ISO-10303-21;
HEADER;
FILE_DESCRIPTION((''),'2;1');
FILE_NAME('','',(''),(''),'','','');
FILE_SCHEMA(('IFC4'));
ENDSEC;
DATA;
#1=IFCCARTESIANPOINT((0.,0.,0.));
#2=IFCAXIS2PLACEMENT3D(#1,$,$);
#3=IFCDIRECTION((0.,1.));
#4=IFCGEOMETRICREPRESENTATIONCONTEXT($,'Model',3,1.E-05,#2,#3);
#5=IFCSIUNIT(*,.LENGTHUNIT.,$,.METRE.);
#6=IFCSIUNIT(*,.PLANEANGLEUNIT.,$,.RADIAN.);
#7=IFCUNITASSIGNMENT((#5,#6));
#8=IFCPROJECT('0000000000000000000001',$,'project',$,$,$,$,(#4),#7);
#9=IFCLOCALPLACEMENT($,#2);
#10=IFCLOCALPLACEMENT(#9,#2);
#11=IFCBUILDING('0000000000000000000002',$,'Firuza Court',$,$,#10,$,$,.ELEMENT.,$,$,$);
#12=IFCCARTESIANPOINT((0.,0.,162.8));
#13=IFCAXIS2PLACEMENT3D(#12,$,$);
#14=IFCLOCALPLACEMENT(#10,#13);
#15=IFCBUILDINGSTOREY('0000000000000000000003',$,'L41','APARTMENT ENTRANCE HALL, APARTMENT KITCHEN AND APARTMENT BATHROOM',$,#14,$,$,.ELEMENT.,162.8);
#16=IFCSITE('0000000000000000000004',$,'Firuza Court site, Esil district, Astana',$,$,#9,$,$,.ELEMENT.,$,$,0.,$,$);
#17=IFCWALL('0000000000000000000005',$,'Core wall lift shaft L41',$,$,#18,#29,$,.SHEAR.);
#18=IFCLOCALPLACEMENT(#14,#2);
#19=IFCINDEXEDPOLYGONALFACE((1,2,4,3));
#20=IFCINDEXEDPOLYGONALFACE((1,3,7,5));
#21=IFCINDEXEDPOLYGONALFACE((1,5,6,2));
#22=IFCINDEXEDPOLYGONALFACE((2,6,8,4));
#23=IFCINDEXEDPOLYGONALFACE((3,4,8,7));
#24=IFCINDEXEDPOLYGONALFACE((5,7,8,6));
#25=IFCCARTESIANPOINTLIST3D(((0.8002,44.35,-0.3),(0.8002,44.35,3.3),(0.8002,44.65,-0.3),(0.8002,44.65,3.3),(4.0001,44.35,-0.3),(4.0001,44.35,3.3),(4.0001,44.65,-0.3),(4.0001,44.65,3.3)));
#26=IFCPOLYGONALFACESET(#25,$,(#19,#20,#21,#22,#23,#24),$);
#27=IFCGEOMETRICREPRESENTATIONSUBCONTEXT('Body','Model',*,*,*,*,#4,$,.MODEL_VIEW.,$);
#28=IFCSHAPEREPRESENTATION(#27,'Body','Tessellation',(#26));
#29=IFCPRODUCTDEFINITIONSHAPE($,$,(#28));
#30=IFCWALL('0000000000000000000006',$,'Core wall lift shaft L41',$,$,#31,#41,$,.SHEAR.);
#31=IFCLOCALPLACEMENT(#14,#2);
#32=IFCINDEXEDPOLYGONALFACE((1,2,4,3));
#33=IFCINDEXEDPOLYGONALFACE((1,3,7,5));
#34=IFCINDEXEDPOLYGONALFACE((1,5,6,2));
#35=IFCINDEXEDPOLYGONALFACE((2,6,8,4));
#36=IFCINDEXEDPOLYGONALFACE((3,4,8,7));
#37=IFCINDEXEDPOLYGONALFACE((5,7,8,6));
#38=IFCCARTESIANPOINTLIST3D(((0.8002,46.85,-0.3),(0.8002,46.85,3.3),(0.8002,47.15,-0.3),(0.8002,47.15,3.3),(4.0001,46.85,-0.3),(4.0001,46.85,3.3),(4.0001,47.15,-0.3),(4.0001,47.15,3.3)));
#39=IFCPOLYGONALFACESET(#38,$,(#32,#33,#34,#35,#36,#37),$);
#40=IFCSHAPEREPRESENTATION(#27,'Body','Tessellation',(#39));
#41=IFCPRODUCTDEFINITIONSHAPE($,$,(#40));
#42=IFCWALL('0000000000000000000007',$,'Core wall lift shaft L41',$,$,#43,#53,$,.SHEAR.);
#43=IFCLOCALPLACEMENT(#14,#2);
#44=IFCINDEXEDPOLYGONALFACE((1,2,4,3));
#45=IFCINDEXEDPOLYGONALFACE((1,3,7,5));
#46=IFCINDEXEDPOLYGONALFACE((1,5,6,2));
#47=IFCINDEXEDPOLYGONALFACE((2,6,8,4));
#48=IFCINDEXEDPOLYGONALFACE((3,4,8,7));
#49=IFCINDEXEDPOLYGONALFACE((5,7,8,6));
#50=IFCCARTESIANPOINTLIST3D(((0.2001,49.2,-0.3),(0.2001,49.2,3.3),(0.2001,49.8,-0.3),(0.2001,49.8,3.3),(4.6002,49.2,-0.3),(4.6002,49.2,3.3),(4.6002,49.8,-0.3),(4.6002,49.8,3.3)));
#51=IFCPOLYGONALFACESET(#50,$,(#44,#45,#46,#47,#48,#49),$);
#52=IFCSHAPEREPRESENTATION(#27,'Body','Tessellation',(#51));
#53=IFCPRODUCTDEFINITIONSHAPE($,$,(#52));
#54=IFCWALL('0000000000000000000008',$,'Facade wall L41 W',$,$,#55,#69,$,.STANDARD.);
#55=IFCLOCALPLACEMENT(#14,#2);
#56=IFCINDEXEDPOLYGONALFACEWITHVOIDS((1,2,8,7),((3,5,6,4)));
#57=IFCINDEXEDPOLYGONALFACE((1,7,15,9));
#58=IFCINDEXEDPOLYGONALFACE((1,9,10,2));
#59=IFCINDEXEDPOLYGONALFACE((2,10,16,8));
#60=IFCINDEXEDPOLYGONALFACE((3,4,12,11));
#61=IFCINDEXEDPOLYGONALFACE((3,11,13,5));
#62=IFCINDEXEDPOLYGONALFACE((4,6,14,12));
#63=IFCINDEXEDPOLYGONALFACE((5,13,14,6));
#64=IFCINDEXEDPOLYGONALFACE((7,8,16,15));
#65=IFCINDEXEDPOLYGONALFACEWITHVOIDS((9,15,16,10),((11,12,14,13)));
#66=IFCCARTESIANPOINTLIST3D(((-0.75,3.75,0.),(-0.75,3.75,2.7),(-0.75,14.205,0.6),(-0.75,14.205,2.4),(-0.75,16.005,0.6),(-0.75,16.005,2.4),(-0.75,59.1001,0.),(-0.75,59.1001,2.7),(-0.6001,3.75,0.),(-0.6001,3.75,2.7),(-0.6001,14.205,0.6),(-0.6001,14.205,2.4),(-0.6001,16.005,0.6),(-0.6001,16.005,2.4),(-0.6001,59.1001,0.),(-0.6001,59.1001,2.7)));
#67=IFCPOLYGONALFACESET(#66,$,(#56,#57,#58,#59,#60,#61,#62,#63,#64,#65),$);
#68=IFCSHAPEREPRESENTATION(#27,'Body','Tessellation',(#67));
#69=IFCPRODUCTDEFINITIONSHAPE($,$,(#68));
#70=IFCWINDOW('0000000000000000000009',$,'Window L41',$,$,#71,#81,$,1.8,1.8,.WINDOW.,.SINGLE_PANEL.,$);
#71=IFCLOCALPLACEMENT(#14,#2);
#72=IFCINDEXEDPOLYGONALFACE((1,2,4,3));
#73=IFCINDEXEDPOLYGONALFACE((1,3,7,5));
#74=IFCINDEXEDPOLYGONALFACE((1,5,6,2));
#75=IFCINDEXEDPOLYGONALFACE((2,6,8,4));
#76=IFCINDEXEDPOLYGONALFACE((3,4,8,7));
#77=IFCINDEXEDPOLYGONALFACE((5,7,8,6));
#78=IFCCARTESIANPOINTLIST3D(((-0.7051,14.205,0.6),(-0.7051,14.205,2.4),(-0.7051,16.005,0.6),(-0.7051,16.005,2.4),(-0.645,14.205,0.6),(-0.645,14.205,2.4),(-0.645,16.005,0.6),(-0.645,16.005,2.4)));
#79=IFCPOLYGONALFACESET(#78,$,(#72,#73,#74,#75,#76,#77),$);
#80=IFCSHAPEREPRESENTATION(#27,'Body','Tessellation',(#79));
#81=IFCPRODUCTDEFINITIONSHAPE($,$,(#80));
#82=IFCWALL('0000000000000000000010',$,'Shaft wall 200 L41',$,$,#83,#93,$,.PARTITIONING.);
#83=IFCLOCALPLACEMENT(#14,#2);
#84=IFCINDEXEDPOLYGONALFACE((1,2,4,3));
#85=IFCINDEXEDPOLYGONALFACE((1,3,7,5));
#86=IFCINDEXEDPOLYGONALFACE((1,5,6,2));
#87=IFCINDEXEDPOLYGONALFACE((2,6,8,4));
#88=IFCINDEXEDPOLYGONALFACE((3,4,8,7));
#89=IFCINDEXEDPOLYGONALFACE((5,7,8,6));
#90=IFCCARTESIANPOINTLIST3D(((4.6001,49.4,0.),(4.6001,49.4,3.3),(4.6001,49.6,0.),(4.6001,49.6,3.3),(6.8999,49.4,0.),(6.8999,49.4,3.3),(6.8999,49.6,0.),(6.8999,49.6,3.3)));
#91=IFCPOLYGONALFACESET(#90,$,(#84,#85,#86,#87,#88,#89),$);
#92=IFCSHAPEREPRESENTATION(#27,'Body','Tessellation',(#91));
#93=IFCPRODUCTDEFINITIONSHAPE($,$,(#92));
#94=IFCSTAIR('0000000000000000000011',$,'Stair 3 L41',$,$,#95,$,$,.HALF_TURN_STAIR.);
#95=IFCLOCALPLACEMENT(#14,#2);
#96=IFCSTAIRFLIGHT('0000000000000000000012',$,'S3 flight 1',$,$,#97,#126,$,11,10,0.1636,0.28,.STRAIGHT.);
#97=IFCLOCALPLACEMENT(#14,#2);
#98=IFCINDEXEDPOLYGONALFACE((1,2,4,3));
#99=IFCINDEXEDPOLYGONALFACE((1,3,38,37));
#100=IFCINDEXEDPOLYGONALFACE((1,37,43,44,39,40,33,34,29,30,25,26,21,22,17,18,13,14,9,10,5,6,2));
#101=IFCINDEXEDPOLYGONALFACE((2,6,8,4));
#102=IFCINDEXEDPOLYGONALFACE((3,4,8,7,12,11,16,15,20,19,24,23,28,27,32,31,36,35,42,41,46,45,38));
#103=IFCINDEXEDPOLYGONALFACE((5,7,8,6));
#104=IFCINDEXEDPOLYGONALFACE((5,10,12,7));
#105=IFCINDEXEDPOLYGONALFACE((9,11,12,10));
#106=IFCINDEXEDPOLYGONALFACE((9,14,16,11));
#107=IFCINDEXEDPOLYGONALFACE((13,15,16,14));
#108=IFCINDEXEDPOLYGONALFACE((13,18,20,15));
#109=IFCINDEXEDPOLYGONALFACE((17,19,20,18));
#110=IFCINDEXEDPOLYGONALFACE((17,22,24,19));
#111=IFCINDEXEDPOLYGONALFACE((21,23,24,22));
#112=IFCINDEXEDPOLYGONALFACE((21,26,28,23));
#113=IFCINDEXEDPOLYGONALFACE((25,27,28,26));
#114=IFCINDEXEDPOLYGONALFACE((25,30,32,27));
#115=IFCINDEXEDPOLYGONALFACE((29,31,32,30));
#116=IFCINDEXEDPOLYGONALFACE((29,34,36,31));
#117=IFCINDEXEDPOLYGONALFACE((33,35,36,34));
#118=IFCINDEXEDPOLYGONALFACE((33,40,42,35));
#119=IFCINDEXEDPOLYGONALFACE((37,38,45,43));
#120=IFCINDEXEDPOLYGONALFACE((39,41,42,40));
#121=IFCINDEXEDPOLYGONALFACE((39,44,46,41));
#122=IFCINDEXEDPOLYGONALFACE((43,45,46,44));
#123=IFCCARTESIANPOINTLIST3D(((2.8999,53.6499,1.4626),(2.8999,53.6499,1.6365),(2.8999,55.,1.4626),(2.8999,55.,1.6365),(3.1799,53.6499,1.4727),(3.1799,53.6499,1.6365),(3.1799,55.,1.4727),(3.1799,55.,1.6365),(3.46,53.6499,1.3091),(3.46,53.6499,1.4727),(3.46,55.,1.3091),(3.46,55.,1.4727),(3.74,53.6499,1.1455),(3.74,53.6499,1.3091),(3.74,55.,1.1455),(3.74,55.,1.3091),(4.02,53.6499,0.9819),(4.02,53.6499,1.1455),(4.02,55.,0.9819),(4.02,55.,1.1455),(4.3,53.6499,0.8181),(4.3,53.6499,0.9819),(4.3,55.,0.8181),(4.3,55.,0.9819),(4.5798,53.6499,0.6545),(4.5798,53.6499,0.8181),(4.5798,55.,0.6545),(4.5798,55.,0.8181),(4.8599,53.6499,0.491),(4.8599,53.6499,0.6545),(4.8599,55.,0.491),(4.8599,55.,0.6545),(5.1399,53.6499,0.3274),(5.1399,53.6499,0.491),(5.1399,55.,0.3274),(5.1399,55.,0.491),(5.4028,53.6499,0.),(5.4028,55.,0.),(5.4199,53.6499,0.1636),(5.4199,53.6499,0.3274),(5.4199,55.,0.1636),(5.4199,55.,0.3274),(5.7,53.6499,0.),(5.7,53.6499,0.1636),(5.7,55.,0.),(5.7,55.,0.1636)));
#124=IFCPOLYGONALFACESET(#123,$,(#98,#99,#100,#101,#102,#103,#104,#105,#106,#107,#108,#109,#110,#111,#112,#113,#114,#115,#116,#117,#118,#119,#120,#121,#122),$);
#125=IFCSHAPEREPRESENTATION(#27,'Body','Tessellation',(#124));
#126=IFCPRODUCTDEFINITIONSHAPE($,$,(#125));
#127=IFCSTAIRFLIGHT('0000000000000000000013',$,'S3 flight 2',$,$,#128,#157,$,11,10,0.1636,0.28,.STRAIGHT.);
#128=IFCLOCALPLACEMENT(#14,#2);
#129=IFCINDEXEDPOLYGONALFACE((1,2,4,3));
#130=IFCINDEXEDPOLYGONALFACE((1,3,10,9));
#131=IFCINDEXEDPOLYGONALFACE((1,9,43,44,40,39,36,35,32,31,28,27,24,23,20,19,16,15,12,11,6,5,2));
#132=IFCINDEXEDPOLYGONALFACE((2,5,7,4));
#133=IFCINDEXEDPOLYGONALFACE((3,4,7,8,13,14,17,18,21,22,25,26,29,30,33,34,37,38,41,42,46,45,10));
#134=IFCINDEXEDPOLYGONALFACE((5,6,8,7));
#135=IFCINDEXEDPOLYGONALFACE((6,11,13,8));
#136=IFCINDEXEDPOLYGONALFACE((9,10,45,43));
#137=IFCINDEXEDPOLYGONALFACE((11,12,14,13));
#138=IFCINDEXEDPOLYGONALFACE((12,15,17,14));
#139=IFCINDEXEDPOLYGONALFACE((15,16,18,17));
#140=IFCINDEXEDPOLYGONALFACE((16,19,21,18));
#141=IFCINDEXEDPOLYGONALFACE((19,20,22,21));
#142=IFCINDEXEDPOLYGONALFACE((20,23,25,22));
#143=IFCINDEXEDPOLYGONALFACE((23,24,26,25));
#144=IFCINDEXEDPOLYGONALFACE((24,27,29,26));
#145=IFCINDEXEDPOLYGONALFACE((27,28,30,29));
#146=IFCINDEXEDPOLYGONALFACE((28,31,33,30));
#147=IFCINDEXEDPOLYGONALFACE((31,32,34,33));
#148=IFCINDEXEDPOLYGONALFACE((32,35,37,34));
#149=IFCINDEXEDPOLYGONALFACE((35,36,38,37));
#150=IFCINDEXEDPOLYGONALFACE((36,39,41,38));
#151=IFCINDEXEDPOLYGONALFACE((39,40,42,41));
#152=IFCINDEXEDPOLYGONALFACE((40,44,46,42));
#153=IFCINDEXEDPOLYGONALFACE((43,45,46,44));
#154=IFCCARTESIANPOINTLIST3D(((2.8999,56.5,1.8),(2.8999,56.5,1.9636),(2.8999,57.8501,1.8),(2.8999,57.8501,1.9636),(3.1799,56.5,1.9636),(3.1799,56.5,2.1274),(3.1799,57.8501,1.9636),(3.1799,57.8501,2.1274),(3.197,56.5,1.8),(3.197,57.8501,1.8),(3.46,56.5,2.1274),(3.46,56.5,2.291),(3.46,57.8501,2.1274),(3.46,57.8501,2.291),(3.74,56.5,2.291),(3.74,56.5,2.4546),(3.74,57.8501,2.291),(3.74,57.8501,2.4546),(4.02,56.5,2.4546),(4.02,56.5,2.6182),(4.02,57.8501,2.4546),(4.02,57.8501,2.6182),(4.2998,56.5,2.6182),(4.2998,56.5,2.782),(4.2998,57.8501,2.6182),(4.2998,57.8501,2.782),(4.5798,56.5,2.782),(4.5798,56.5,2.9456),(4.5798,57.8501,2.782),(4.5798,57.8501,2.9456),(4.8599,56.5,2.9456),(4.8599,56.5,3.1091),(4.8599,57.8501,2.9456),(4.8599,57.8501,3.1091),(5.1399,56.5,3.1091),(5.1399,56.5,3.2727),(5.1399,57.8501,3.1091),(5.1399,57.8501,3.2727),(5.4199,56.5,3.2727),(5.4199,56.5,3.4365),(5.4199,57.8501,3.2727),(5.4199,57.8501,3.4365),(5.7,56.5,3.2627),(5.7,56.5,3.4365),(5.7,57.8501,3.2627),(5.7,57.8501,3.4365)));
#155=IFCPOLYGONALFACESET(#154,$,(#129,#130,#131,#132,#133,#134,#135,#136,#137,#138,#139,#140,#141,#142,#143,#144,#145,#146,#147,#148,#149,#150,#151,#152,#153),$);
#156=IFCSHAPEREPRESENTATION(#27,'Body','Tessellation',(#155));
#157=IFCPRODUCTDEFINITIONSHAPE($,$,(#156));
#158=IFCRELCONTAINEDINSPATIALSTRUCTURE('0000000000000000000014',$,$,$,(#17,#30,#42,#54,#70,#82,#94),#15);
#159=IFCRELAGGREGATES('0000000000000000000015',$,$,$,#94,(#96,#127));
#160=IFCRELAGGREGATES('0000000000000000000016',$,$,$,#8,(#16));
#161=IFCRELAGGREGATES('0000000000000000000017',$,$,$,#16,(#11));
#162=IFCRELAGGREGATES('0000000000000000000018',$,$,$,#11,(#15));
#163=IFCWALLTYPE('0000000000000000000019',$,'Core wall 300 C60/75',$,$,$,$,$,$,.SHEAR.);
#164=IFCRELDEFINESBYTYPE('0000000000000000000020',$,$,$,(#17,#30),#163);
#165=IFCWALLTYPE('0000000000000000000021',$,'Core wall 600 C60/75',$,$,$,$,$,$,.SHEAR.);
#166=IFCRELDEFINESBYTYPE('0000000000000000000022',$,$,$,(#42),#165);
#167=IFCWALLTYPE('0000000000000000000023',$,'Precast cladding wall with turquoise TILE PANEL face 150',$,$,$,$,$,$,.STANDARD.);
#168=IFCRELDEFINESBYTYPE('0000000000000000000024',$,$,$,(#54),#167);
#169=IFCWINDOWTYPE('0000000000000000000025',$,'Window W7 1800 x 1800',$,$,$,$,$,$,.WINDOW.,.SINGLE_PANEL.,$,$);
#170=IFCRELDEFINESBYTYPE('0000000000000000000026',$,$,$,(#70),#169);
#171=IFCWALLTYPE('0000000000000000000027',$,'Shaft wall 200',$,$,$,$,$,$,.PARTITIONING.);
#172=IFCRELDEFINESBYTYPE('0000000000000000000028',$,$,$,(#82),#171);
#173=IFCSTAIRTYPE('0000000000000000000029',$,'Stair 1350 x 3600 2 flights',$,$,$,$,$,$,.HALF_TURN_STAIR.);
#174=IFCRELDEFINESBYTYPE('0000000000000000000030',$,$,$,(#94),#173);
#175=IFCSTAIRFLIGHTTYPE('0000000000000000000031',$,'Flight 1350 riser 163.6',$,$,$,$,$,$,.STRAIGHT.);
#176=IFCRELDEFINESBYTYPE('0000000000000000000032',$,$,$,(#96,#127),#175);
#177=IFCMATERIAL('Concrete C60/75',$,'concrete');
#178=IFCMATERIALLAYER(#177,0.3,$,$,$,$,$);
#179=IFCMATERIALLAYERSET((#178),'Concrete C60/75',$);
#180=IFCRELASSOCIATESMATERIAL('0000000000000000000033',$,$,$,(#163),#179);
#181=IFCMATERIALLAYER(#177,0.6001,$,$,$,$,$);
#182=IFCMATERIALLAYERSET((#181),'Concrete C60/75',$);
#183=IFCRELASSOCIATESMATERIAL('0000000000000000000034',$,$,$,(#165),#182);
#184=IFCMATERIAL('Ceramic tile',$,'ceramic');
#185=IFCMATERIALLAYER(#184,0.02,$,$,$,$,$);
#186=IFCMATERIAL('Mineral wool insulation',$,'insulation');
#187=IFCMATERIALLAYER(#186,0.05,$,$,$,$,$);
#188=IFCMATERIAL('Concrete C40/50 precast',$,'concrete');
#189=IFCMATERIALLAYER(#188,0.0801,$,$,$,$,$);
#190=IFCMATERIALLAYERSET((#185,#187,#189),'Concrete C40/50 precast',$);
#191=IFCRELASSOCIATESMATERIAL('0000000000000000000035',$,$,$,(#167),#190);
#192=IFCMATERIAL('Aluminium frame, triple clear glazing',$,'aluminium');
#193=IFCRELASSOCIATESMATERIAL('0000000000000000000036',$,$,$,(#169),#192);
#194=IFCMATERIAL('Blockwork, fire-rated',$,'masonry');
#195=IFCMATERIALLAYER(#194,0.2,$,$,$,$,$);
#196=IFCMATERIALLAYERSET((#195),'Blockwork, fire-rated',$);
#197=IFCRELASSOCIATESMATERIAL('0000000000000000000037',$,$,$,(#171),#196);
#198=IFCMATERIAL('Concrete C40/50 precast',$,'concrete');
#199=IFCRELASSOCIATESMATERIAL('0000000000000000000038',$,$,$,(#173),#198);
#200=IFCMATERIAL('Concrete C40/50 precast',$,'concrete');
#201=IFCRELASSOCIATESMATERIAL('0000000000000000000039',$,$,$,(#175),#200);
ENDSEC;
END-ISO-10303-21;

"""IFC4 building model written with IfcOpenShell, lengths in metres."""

from ifc_helpers import new_model, si_unit, direction, frame, frame_2d, origin, place, context, subcontext, project, spatial, polyline, rectangle, outline, extrude, material, layer, layer_set, type_object, element, fill, aggregate, save


model = new_model("IFC4")

# Units and contexts
model_context = context("Model", 3, precision=1e-05, world=origin(), true_north=direction((0.0, 1.0)))
body_context = subcontext(model_context, "Body", "Model", "MODEL_VIEW")
ifc_project = project(units=[si_unit("LENGTHUNIT", "METRE"), si_unit("PLANEANGLEUNIT", "RADIAN")], contexts=[model_context])

# Site, building, storey
site_placement = place(None, origin())
site = spatial("IfcSite", under=ifc_project, at=site_placement, Name="Firuza Court site, Esil district, Astana", CompositionType="ELEMENT", RefElevation=0.0)
building_placement = place(site_placement, origin())
building = spatial("IfcBuilding", under=site, at=building_placement, Name="Firuza Court", CompositionType="ELEMENT")
storey_placement = place(building_placement, frame((0.0, 0.0, 162.8)))
storey = spatial("IfcBuildingStorey", under=building, at=storey_placement, Name="L41", Description="APARTMENT ENTRANCE HALL, APARTMENT KITCHEN AND APARTMENT BATHROOM", CompositionType="ELEMENT", Elevation=162.8)

# Shared definitions
ifc_material_1 = material(Name="Concrete C60/75", Category="concrete")
ifc_layer_1 = layer(ifc_material_1, 0.3)
ifc_layer_set_1 = layer_set([ifc_layer_1], Name="Concrete C60/75")
wall_type_1 = type_object("IfcWallType", Name="Core wall 300 C60/75", PredefinedType="SHEAR", material=ifc_layer_set_1)

# Walls
for number, where, z_axis, x_axis, name in (
    (1, (0.8, 44.5, -0.3), (0.0, 0.0, 1.0), (1.0, 0.0, 0.0), "Core wall lift shaft L41"),
    (2, (0.8, 47.0, -0.3), (0.0, 0.0, 1.0), (1.0, 0.0, 0.0), "Core wall lift shaft L41"),
):
    element("IfcWall", number, at=place(storey_placement, frame(where, z_axis=z_axis, x_axis=x_axis)), inside=storey, type_object=wall_type_1, Name=name, PredefinedType="SHEAR", context=body_context, shape_type="SweptSolid", body=[
        extrude(rectangle(XDim=3.2, YDim=0.3, at=frame_2d((1.6001, 0.0))), origin(), (0.0, 0.0, 1.0), 3.6001),
    ])
ifc_layer_2 = layer(ifc_material_1, 0.6001)
ifc_layer_set_2 = layer_set([ifc_layer_2], Name="Concrete C60/75")
wall_type_2 = type_object("IfcWallType", Name="Core wall 600 C60/75", PredefinedType="SHEAR", material=ifc_layer_set_2)
wall_1_placement = place(storey_placement, frame((0.2, 49.5, -0.3), z_axis=(0.0, 0.0, 1.0), x_axis=(1.0, 0.0, 0.0)))
element("IfcWall", 3, at=wall_1_placement, inside=storey, type_object=wall_type_2, Name="Core wall lift shaft L41", PredefinedType="SHEAR", context=body_context, shape_type="SweptSolid", body=[
    extrude(rectangle(XDim=4.4001, YDim=0.6001, at=frame_2d((2.2002, 0.0))), origin(), (0.0, 0.0, 1.0), 3.6001),
])

# Wall, opening, window
ifc_material_2 = material(Name="Ceramic tile", Category="ceramic")
ifc_layer_3 = layer(ifc_material_2, 0.02)
ifc_material_3 = material(Name="Mineral wool insulation", Category="insulation")
ifc_layer_4 = layer(ifc_material_3, 0.05)
ifc_material_4 = material(Name="Concrete C40/50 precast", Category="concrete")
ifc_layer_5 = layer(ifc_material_4, 0.0801)
ifc_layer_set_3 = layer_set([ifc_layer_3, ifc_layer_4, ifc_layer_5], Name="Concrete C40/50 precast")
wall_type_3 = type_object("IfcWallType", Name="Precast cladding wall with turquoise TILE PANEL face 150", PredefinedType="STANDARD", material=ifc_layer_set_3)
wall_2_placement = place(storey_placement, frame((-0.675, 59.1001, 0.0), z_axis=(0.0, 0.0, 1.0), x_axis=(0.0, -1.0, 0.0)))
wall_2 = element("IfcWall", 4, at=wall_2_placement, inside=storey, type_object=wall_type_3, Name="Facade wall L41 W", PredefinedType="STANDARD", context=body_context, shape_type="SweptSolid", body=[
    extrude(rectangle(XDim=55.3501, YDim=0.1499, at=frame_2d((27.675, 0.0))), origin(), (0.0, 0.0, 1.0), 2.7),
])
opening_1_placement = place(wall_2_placement, frame((43.0952, 0.0, 0.6001)))
opening_1 = element("IfcOpeningElement", 5, at=opening_1_placement, cuts=wall_2, PredefinedType="OPENING", context=body_context, shape_type="SweptSolid", body=[
    extrude(rectangle(XDim=1.8, YDim=1.8, at=frame_2d((0.8999, 0.8999))), frame((0.0, 0.0869, 0.0), z_axis=(0.0, -1.0, 0.0), x_axis=(1.0, 0.0, 0.0)), (0.0, 0.0, 1.0), 0.1738),
])
ifc_material_5 = material(Name="Aluminium frame, triple clear glazing", Category="aluminium")
window_type = type_object("IfcWindowType", Name="Window W7 1800 x 1800", PartitioningType="SINGLE_PANEL", PredefinedType="WINDOW", material=ifc_material_5)
window_placement = place(opening_1_placement, origin())
window = element("IfcWindow", 6, at=window_placement, inside=storey, type_object=window_type, Name="Window L41", OverallHeight=1.8, OverallWidth=1.8, PartitioningType="SINGLE_PANEL", PredefinedType="WINDOW", context=body_context, shape_type="SweptSolid", body=[
    extrude(rectangle(XDim=1.8, YDim=1.8, at=frame_2d((0.8999, 0.8999))), frame((0.0, 0.03, 0.0), z_axis=(0.0, -1.0, 0.0), x_axis=(1.0, 0.0, 0.0)), (0.0, 0.0, 1.0), 0.0601),
])
fill(opening_1, window)

# Wall
ifc_material_6 = material(Name="Blockwork, fire-rated", Category="masonry")
ifc_layer_6 = layer(ifc_material_6, 0.2)
ifc_layer_set_4 = layer_set([ifc_layer_6], Name="Blockwork, fire-rated")
wall_type_4 = type_object("IfcWallType", Name="Shaft wall 200", PredefinedType="PARTITIONING", material=ifc_layer_set_4)
wall_3_placement = place(storey_placement, frame((4.6001, 49.5, 0.0), z_axis=(0.0, 0.0, 1.0), x_axis=(1.0, 0.0, 0.0)))
element("IfcWall", 7, at=wall_3_placement, inside=storey, type_object=wall_type_4, Name="Shaft wall 200 L41", PredefinedType="PARTITIONING", context=body_context, shape_type="SweptSolid", body=[
    extrude(rectangle(XDim=2.2998, YDim=0.2, at=frame_2d((1.1499, 0.0))), origin(), (0.0, 0.0, 1.0), 3.3),
])

# Stair, stair flights
ifc_material_7 = material(Name="Concrete C40/50 precast", Category="concrete")
stair_type = type_object("IfcStairType", Name="Stair 1350 x 3600 2 flights", PredefinedType="HALF_TURN_STAIR", material=ifc_material_7)
stair_placement = place(storey_placement, origin())
stair = element("IfcStair", 8, at=stair_placement, inside=storey, type_object=stair_type, Name="Stair 3 L41", PredefinedType="HALF_TURN_STAIR")
ifc_material_8 = material(Name="Concrete C40/50 precast", Category="concrete")
stair_flight_type = type_object("IfcStairFlightType", Name="Flight 1350 riser 163.6", PredefinedType="STRAIGHT", material=ifc_material_8)
stair_flight_1_placement = place(storey_placement, frame((5.7, 54.325, 0.0), z_axis=(0.0, 0.0, 1.0), x_axis=(-1.0, 0.0, 0.0)))
stair_flight_1 = element("IfcStairFlight", 9, at=stair_flight_1_placement, type_object=stair_flight_type, Name="S3 flight 1", NumberOfRisers=11, NumberOfTreads=10, PredefinedType="STRAIGHT", RiserHeight=0.1636, TreadLength=0.28, context=body_context, shape_type="SweptSolid", body=[
    extrude(outline(polyline([(0.0, 0.0), (0.0, 0.1636), (0.28, 0.1636), (0.28, 0.3274), (0.5601, 0.3274), (0.5601, 0.491), (0.8401, 0.491), (0.8401, 0.6545), (1.1201, 0.6545), (1.1201, 0.8181), (1.3999, 0.8181), (1.3999, 0.9819), (1.6799, 0.9819), (1.6799, 1.1455), (1.96, 1.1455), (1.96, 1.3091), (2.24, 1.3091), (2.24, 1.4727), (2.52, 1.4727), (2.52, 1.6365), (2.8, 1.6365), (2.8, 1.8), (2.8, 1.4626), (0.2971, 0.0), (0.0, 0.0)])), frame((0.0, 0.675, 0.0), z_axis=(0.0, -1.0, 0.0), x_axis=(1.0, 0.0, 0.0)), (0.0, 0.0, 1.0), 1.3501),
])
stair_flight_2_placement = place(storey_placement, frame((2.8999, 57.175, 1.8), z_axis=(0.0, 0.0, 1.0), x_axis=(1.0, 0.0, 0.0)))
stair_flight_2 = element("IfcStairFlight", 10, at=stair_flight_2_placement, type_object=stair_flight_type, Name="S3 flight 2", NumberOfRisers=11, NumberOfTreads=10, PredefinedType="STRAIGHT", RiserHeight=0.1636, TreadLength=0.28, context=body_context, shape_type="SweptSolid", body=[
    extrude(outline(polyline([(0.0, 0.0), (0.0, 0.1636), (0.28, 0.1636), (0.28, 0.3274), (0.5601, 0.3274), (0.5601, 0.491), (0.8401, 0.491), (0.8401, 0.6545), (1.1201, 0.6545), (1.1201, 0.8181), (1.3999, 0.8181), (1.3999, 0.9819), (1.6799, 0.9819), (1.6799, 1.1455), (1.96, 1.1455), (1.96, 1.3091), (2.24, 1.3091), (2.24, 1.4727), (2.52, 1.4727), (2.52, 1.6365), (2.8, 1.6365), (2.8, 1.8), (2.8, 1.4626), (0.2971, 0.0), (0.0, 0.0)])), frame((0.0, 0.675, 0.0), z_axis=(0.0, -1.0, 0.0), x_axis=(1.0, 0.0, 0.0)), (0.0, 0.0, 1.0), 1.3501),
])
aggregate(stair, [stair_flight_1, stair_flight_2])

save(model, "model.ifc")
